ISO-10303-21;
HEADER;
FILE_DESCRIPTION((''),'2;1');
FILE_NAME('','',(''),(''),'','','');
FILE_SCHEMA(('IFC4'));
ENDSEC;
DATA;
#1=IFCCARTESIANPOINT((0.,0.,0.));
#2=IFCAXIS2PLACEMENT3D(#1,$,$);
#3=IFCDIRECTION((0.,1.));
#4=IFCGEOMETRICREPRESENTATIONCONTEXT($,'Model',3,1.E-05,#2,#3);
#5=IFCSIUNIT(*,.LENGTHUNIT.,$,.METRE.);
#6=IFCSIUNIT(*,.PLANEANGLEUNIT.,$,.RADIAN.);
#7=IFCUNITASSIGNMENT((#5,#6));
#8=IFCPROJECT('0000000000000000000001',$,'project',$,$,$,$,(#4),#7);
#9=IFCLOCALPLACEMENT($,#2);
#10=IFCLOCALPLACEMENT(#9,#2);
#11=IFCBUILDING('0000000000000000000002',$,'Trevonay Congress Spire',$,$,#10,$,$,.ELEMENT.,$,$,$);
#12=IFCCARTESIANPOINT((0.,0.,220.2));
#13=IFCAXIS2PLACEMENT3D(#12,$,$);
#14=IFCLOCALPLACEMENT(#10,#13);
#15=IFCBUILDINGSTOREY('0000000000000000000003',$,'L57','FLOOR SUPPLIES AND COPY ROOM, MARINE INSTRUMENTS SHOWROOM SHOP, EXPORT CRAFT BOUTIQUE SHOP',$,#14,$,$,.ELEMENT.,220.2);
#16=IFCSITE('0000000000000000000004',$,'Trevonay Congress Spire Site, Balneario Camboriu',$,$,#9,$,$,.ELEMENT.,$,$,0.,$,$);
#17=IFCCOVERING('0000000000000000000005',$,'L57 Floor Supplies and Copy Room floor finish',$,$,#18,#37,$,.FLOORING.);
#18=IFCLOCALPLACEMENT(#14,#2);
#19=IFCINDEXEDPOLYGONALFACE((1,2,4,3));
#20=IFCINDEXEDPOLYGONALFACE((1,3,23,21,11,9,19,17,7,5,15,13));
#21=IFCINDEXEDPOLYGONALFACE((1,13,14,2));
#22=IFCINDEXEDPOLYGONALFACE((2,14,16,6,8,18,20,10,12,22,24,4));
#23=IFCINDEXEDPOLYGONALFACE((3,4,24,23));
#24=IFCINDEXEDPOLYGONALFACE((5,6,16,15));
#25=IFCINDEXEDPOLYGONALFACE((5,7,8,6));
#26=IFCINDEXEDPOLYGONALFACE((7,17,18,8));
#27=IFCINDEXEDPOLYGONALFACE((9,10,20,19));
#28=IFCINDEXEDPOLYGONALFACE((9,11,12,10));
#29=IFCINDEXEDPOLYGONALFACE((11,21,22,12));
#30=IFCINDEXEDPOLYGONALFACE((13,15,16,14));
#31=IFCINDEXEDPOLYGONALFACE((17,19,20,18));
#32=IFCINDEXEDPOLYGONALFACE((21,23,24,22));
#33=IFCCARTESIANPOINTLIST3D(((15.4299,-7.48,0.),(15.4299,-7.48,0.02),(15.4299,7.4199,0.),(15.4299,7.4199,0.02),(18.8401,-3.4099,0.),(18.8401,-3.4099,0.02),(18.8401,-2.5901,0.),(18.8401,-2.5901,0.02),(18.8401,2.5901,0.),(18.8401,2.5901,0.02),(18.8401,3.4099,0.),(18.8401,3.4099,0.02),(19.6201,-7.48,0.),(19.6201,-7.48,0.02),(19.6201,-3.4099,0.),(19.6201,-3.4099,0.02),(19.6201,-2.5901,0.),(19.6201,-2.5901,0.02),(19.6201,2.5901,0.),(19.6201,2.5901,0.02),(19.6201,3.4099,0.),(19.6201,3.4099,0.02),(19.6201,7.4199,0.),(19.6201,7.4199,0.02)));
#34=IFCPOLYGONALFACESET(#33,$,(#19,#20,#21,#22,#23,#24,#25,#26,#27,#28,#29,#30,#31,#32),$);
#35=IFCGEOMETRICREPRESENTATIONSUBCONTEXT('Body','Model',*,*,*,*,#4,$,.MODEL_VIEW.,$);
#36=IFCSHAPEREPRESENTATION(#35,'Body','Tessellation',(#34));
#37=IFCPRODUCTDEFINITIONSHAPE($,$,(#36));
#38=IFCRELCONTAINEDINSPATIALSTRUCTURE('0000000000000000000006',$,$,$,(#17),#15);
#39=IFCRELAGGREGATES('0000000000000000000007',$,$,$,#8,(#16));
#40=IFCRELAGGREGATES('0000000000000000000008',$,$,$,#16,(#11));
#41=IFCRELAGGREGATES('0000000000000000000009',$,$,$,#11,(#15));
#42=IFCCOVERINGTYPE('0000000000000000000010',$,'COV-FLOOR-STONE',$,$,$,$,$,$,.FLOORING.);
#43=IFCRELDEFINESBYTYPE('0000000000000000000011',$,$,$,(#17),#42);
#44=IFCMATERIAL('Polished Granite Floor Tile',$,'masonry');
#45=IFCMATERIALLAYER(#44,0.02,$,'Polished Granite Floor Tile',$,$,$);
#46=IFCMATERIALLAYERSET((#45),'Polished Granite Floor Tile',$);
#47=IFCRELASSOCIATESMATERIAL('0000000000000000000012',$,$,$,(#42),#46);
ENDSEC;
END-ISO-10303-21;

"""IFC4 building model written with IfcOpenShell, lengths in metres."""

from ifc_helpers import new_model, si_unit, direction, frame, origin, place, context, subcontext, project, spatial, polyline, outline, extrude, material, layer, layer_set, type_object, element, save


model = new_model("IFC4")

# Units and contexts
model_context = context("Model", 3, precision=1e-05, world=origin(), true_north=direction((0.0, 1.0)))
body_context = subcontext(model_context, "Body", "Model", "MODEL_VIEW")
ifc_project = project(units=[si_unit("LENGTHUNIT", "METRE"), si_unit("PLANEANGLEUNIT", "RADIAN")], contexts=[model_context])

# Site, building, storey
site_placement = place(None, origin())
site = spatial("IfcSite", under=ifc_project, at=site_placement, Name="Trevonay Congress Spire Site, Balneario Camboriu", CompositionType="ELEMENT", RefElevation=0.0)
building_placement = place(site_placement, origin())
building = spatial("IfcBuilding", under=site, at=building_placement, Name="Trevonay Congress Spire", CompositionType="ELEMENT")
storey_placement = place(building_placement, frame((0.0, 0.0, 220.2)))
storey = spatial("IfcBuildingStorey", under=building, at=storey_placement, Name="L57", Description="FLOOR SUPPLIES AND COPY ROOM, MARINE INSTRUMENTS SHOWROOM SHOP, EXPORT CRAFT BOUTIQUE SHOP", CompositionType="ELEMENT", Elevation=220.2)

# Covering
ifc_material_1 = material(Name="Polished Granite Floor Tile", Category="masonry")
ifc_layer_1 = layer(ifc_material_1, 0.02, Name="Polished Granite Floor Tile")
ifc_layer_set_1 = layer_set([ifc_layer_1], Name="Polished Granite Floor Tile")
covering_type_1 = type_object("IfcCoveringType", Name="COV-FLOOR-STONE", PredefinedType="FLOORING", material=ifc_layer_set_1)
covering_1_placement = place(storey_placement, origin())
element("IfcCovering", 1, at=covering_1_placement, inside=storey, type_object=covering_type_1, Name="L57 Floor Supplies and Copy Room floor finish", PredefinedType="FLOORING", context=body_context, shape_type="SweptSolid", body=[
    extrude(outline(polyline([(19.6201, -7.48), (15.4299, -7.48), (15.4299, 7.4199), (19.6201, 7.4199), (19.6201, 3.4099), (18.8401, 3.4099), (18.8401, 2.5901), (19.6201, 2.5901), (19.6201, -2.5901), (18.8401, -2.5901), (18.8401, -3.4099), (19.6201, -3.4099), (19.6201, -7.48)])), origin(), (0.0, 0.0, 1.0), 0.02),
])

save(model, "model.ifc")
